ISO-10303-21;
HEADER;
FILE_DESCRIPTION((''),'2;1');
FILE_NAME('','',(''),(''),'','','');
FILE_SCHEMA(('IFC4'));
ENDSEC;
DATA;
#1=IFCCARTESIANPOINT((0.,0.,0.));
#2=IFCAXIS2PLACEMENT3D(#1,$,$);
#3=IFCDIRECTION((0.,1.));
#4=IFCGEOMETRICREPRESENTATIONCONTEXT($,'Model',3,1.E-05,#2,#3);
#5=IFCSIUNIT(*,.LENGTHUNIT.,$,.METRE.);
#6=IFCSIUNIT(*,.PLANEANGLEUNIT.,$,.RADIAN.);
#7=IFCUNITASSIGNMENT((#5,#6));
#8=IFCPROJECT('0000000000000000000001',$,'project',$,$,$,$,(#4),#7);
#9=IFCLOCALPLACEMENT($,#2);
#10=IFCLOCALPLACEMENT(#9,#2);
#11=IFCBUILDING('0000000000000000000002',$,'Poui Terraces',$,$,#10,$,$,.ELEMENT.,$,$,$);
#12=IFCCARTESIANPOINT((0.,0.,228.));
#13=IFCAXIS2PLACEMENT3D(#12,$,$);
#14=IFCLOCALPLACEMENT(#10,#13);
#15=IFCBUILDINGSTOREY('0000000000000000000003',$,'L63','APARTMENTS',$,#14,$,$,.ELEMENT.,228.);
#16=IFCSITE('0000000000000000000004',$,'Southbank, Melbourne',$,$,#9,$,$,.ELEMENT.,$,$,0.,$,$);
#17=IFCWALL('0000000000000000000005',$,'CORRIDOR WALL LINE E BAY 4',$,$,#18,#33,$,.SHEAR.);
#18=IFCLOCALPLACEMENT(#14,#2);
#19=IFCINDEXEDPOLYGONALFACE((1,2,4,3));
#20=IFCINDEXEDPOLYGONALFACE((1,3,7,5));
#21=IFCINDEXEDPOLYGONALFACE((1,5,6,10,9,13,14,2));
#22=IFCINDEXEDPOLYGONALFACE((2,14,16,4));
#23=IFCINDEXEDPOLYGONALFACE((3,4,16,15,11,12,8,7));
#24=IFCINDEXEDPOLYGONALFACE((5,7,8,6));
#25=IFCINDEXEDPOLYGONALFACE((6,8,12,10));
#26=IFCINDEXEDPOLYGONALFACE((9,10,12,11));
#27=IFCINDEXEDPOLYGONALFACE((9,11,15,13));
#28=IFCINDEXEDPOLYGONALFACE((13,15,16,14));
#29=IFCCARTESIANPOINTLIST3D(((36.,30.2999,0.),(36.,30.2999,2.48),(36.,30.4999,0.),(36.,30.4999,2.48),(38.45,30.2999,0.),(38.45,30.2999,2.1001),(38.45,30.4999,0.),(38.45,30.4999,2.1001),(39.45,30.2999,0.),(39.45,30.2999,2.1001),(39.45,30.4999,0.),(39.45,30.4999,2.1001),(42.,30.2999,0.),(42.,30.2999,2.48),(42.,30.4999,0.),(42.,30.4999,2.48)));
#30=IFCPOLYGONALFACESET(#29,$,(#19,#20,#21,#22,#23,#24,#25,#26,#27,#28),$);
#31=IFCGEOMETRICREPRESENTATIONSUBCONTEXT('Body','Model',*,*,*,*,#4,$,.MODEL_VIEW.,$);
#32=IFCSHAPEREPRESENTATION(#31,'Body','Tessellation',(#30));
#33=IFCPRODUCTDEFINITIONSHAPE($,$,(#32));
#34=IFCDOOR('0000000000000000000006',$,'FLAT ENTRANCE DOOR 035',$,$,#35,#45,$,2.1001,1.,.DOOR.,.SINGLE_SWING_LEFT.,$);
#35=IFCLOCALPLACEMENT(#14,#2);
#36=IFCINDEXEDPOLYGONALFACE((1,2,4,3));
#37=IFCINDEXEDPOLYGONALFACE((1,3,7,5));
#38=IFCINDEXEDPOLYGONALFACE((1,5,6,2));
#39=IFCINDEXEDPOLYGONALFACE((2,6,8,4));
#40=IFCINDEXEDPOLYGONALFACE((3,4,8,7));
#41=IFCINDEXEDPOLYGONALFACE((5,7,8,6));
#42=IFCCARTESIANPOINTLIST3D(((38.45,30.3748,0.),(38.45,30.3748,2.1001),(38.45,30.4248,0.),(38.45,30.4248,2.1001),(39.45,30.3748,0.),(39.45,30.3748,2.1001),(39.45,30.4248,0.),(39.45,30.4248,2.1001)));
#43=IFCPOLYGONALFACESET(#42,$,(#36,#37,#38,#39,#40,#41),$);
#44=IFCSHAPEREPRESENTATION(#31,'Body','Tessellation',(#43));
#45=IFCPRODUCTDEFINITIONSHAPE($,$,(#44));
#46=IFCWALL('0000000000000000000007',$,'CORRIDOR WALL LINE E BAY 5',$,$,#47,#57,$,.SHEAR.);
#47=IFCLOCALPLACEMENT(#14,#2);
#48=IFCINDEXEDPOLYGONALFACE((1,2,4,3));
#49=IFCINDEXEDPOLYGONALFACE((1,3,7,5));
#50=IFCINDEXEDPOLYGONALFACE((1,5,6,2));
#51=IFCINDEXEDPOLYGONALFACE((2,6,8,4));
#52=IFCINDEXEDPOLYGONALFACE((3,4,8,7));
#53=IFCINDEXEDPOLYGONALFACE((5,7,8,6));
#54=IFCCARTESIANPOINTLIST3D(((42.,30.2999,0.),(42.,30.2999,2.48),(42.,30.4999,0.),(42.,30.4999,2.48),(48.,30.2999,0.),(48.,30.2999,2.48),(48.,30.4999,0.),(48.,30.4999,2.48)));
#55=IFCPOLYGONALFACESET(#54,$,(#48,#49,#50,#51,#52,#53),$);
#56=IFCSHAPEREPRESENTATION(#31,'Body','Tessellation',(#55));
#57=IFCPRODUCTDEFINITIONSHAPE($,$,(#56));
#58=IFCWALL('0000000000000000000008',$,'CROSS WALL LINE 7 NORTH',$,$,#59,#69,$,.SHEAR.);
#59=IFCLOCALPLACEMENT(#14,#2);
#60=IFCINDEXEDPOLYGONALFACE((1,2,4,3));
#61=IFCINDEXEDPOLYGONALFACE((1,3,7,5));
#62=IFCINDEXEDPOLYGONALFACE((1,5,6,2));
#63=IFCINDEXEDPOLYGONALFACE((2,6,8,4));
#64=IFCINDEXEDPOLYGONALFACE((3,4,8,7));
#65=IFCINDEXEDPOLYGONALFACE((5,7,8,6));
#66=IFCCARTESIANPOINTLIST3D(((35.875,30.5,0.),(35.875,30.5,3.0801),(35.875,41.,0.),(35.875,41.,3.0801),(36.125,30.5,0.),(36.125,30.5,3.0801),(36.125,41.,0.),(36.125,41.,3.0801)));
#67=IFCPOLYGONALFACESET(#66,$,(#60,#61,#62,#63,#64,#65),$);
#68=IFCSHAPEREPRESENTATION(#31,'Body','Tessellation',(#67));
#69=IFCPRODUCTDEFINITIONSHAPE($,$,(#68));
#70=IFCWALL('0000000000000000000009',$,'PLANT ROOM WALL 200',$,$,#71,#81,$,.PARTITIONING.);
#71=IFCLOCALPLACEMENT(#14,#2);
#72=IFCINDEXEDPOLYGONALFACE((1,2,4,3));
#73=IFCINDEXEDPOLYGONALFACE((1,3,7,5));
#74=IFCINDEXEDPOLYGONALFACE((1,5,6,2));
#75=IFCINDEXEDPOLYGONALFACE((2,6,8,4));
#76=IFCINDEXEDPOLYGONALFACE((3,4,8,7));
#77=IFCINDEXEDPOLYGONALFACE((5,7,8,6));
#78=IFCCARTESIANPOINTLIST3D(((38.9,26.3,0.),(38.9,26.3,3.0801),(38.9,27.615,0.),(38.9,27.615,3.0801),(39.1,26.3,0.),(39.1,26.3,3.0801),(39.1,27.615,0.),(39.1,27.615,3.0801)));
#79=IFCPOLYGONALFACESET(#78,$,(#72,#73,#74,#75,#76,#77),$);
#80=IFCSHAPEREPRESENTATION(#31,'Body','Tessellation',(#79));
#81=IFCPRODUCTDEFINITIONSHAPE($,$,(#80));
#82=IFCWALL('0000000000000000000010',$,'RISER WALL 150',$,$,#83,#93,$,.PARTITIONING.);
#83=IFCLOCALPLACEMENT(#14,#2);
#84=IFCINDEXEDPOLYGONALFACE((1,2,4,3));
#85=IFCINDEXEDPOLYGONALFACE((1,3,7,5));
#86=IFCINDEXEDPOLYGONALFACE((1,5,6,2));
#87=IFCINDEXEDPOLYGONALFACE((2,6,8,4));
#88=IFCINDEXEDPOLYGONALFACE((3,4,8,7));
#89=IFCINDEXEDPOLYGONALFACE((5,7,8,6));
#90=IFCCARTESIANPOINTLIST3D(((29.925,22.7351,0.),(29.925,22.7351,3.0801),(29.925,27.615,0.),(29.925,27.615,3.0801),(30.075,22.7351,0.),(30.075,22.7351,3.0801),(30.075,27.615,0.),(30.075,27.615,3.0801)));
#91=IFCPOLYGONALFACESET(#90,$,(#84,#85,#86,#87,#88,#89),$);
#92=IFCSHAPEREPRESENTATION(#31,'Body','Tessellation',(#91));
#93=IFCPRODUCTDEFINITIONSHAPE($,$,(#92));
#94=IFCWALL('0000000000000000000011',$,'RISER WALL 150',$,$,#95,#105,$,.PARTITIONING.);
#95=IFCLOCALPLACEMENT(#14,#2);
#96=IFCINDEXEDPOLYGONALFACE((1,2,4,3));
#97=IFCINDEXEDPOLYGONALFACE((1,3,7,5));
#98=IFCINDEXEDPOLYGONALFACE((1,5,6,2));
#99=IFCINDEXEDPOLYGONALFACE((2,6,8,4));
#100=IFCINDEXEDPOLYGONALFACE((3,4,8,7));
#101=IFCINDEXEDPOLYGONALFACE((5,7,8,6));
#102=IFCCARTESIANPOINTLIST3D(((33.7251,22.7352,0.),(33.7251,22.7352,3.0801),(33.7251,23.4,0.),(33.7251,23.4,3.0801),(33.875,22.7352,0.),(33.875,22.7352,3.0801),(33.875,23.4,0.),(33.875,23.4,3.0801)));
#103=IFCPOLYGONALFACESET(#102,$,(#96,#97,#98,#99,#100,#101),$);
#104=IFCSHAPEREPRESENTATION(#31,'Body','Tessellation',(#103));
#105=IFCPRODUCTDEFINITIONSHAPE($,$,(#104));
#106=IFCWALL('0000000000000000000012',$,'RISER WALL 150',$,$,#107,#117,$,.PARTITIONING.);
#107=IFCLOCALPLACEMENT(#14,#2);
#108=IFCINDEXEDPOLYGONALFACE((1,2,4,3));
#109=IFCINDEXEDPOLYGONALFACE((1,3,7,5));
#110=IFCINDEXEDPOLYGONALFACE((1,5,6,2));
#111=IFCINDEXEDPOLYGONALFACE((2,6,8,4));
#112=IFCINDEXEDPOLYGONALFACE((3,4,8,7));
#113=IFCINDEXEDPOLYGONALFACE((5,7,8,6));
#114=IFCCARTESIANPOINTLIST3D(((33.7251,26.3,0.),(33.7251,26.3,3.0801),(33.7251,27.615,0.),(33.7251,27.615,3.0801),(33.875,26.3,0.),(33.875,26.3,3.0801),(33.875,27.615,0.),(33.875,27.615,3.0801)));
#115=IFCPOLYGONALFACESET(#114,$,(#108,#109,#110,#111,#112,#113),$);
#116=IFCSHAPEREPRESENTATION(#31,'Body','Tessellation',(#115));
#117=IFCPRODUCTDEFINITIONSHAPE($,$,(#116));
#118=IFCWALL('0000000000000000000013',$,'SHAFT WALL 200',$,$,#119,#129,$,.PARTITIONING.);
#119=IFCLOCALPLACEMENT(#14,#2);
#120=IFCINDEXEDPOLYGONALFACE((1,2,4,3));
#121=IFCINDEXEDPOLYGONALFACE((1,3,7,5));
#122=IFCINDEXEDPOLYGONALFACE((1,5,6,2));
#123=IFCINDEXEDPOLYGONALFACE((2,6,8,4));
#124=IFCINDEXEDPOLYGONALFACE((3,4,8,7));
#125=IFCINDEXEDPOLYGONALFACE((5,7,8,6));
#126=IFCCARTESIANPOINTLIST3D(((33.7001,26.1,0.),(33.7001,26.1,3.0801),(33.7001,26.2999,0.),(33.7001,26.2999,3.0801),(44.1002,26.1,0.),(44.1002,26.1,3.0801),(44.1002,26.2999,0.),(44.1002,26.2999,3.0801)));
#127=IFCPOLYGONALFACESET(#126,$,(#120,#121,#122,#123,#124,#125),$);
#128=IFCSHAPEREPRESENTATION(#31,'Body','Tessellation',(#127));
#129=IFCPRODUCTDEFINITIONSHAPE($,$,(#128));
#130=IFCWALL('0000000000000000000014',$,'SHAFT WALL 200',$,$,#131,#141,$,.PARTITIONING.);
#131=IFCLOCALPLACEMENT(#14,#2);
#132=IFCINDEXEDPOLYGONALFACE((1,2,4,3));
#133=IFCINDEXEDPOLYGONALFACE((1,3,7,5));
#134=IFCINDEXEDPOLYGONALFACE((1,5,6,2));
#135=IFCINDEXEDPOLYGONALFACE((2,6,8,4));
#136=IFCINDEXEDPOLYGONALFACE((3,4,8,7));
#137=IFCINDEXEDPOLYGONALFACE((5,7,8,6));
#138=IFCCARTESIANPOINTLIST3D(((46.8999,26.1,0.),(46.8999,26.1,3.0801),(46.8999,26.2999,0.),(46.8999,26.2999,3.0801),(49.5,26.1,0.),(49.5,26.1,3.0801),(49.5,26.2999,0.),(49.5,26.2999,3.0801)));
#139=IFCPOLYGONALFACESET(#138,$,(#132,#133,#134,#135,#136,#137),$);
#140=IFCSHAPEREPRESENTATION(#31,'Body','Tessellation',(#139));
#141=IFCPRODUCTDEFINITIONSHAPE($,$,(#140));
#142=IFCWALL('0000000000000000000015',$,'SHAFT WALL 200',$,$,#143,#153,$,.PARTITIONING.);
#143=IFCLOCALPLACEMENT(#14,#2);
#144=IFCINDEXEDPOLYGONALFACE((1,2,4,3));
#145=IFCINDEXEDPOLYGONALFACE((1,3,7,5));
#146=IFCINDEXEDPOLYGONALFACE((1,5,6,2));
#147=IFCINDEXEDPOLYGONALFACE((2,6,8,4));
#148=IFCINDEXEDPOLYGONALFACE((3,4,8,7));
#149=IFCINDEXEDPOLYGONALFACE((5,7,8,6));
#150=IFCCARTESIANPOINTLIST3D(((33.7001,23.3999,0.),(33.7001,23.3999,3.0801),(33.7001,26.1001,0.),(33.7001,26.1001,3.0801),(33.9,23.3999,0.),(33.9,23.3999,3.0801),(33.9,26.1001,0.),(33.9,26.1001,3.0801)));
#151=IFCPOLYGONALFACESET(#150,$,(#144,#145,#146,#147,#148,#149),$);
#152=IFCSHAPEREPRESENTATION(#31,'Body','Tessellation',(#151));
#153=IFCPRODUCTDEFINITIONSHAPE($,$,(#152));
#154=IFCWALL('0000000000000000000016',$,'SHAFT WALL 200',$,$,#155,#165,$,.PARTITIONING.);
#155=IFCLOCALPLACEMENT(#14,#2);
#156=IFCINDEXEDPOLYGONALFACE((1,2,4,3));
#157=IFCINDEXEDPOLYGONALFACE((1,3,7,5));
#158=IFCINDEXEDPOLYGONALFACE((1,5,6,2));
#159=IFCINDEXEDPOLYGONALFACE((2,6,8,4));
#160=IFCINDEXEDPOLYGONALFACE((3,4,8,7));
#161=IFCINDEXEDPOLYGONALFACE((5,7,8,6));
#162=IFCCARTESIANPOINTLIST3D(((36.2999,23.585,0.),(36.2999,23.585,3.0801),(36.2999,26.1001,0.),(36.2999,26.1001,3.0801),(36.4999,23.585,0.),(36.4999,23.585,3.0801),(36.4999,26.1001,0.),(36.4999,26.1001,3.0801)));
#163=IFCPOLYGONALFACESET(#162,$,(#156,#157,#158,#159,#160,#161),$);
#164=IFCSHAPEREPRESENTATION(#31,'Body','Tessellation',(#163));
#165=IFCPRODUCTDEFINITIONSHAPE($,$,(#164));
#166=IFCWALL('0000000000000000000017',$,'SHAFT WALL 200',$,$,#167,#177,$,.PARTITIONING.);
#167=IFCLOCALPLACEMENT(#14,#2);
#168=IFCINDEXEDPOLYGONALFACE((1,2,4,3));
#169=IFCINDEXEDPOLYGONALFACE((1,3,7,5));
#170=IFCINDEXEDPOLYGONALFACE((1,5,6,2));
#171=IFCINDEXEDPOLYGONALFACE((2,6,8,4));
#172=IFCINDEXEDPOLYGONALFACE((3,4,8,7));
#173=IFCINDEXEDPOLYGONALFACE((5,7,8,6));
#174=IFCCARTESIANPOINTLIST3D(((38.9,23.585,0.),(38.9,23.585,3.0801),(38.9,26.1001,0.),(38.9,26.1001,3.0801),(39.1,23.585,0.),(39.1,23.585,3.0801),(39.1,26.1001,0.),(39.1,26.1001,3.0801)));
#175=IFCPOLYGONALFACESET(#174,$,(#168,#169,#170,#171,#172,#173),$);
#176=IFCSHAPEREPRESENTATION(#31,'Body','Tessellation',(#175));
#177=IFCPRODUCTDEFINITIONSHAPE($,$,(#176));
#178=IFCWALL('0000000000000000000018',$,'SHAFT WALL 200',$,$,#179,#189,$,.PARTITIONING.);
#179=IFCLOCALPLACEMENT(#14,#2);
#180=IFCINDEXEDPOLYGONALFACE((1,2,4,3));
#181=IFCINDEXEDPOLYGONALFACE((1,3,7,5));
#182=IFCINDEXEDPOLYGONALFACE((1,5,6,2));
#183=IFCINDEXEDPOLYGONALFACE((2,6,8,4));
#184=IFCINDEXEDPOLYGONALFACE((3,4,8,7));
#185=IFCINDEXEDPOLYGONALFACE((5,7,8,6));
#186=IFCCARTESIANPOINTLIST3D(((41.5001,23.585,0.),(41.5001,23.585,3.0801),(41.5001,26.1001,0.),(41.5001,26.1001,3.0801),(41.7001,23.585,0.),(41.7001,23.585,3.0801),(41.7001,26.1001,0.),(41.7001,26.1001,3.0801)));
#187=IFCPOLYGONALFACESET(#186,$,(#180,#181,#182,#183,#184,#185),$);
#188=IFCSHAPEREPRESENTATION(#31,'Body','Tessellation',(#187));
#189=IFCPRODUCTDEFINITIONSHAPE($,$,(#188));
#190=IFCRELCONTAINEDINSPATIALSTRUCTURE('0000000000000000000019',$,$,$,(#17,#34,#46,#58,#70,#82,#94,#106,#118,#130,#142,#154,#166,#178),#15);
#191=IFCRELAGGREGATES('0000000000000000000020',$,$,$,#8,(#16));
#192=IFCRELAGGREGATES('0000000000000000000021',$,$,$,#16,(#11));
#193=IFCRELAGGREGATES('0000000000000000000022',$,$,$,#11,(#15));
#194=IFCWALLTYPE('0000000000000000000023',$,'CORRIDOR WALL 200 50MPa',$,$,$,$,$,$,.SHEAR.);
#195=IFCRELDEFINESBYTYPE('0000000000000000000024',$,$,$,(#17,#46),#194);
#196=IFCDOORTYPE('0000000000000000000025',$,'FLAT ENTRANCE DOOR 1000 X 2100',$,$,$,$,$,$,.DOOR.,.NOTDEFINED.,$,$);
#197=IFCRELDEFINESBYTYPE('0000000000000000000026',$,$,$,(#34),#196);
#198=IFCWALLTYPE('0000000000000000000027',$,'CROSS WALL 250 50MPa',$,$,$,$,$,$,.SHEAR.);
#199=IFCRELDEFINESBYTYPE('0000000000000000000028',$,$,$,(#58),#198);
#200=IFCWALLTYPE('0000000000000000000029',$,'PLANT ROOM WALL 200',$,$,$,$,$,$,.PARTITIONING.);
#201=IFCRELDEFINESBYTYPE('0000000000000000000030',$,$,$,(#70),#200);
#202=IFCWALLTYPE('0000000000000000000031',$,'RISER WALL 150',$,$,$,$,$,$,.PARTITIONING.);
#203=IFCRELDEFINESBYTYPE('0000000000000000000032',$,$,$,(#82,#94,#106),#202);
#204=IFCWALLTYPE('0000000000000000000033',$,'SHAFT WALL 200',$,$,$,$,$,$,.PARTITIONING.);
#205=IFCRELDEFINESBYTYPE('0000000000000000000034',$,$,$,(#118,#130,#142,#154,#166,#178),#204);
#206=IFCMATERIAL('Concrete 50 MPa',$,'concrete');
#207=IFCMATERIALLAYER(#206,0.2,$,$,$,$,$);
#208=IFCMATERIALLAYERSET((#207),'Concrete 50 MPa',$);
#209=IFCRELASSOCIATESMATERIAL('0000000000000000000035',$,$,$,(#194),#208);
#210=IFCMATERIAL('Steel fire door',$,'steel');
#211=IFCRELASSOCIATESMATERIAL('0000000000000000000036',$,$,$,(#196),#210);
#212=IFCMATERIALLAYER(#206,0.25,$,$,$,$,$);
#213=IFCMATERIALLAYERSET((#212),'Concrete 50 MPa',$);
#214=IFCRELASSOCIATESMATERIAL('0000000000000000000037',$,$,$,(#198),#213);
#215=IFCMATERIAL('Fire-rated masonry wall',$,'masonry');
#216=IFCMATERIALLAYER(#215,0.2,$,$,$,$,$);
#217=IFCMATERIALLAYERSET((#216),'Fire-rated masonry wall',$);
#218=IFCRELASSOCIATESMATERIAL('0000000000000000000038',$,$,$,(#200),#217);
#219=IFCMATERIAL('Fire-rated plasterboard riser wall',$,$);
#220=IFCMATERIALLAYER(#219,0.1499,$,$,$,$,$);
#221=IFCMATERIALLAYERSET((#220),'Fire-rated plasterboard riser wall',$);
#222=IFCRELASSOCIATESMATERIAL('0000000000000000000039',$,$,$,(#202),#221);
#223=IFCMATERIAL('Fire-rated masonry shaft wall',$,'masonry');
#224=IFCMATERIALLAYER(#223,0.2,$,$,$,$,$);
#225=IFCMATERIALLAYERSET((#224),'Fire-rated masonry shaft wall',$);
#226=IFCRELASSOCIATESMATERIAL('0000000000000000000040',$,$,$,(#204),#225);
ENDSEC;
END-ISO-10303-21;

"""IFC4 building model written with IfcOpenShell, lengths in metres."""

from ifc_helpers import new_model, si_unit, direction, frame, frame_2d, origin, place, context, subcontext, project, spatial, rectangle, extrude, material, layer, layer_set, type_object, element, fill, save


model = new_model("IFC4")

# Units and contexts
model_context = context("Model", 3, precision=1e-05, world=origin(), true_north=direction((0.0, 1.0)))
body_context = subcontext(model_context, "Body", "Model", "MODEL_VIEW")
ifc_project = project(units=[si_unit("LENGTHUNIT", "METRE"), si_unit("PLANEANGLEUNIT", "RADIAN")], contexts=[model_context])

# Site, building, storey
site_placement = place(None, origin())
site = spatial("IfcSite", under=ifc_project, at=site_placement, Name="Southbank, Melbourne", CompositionType="ELEMENT", RefElevation=0.0)
building_placement = place(site_placement, origin())
building = spatial("IfcBuilding", under=site, at=building_placement, Name="Poui Terraces", CompositionType="ELEMENT")
storey_placement = place(building_placement, frame((0.0, 0.0, 228.0)))
storey = spatial("IfcBuildingStorey", under=building, at=storey_placement, Name="L63", Description="APARTMENTS", CompositionType="ELEMENT", Elevation=228.0)

# Shared definitions
ifc_material_1 = material(Name="Concrete 50 MPa", Category="concrete")

# Shared definitions
ifc_material_2 = material(Name="Steel fire door", Category="steel")

# Wall, opening, door
ifc_layer_1 = layer(ifc_material_1, 0.2)
ifc_layer_set_1 = layer_set([ifc_layer_1], Name="Concrete 50 MPa")
wall_type_1 = type_object("IfcWallType", Name="CORRIDOR WALL 200 50MPa", PredefinedType="SHEAR", material=ifc_layer_set_1)
wall_1_placement = place(storey_placement, frame((36.0, 30.3999, 0.0), z_axis=(0.0, 0.0, 1.0), x_axis=(1.0, 0.0, 0.0)))
wall_1 = element("IfcWall", 1, at=wall_1_placement, inside=storey, type_object=wall_type_1, Name="CORRIDOR WALL LINE E BAY 4", PredefinedType="SHEAR", context=body_context, shape_type="SweptSolid", body=[
    extrude(rectangle(XDim=6.0, YDim=0.2, at=frame_2d((3.0, 0.0))), origin(), (0.0, 0.0, 1.0), 2.48),
])
opening_1_placement = place(wall_1_placement, frame((2.45, 0.0, 0.0)))
opening_1 = element("IfcOpeningElement", 2, at=opening_1_placement, cuts=wall_1, PredefinedType="OPENING", context=body_context, shape_type="SweptSolid", body=[
    extrude(rectangle(XDim=1.0, YDim=2.1001, at=frame_2d((0.5, 1.05))), frame((0.0, 0.1099, 0.0), z_axis=(0.0, -1.0, 0.0), x_axis=(1.0, 0.0, 0.0)), (0.0, 0.0, 1.0), 0.22),
])
door_type_1 = type_object("IfcDoorType", Name="FLAT ENTRANCE DOOR 1000 X 2100", OperationType="NOTDEFINED", PredefinedType="DOOR", material=ifc_material_2)
door_1_placement = place(opening_1_placement, origin())
door_1 = element("IfcDoor", 3, at=door_1_placement, inside=storey, type_object=door_type_1, Name="FLAT ENTRANCE DOOR 035", OperationType="SINGLE_SWING_LEFT", OverallHeight=2.1001, OverallWidth=1.0, PredefinedType="DOOR", context=body_context, shape_type="SweptSolid", body=[
    extrude(rectangle(XDim=1.0, YDim=2.1001, at=frame_2d((0.5, 1.05))), frame((0.0, 0.0249, 0.0), z_axis=(0.0, -1.0, 0.0), x_axis=(1.0, 0.0, 0.0)), (0.0, 0.0, 1.0), 0.05),
])
fill(opening_1, door_1)

# Walls
wall_2_placement = place(storey_placement, frame((42.0, 30.3999, 0.0), z_axis=(0.0, 0.0, 1.0), x_axis=(1.0, 0.0, 0.0)))
element("IfcWall", 4, at=wall_2_placement, inside=storey, type_object=wall_type_1, Name="CORRIDOR WALL LINE E BAY 5", PredefinedType="SHEAR", context=body_context, shape_type="SweptSolid", body=[
    extrude(rectangle(XDim=6.0, YDim=0.2, at=frame_2d((3.0, 0.0))), origin(), (0.0, 0.0, 1.0), 2.48),
])
ifc_layer_2 = layer(ifc_material_1, 0.25)
ifc_layer_set_2 = layer_set([ifc_layer_2], Name="Concrete 50 MPa")
wall_type_2 = type_object("IfcWallType", Name="CROSS WALL 250 50MPa", PredefinedType="SHEAR", material=ifc_layer_set_2)
wall_3_placement = place(storey_placement, frame((36.0, 30.5, 0.0), z_axis=(0.0, 0.0, 1.0), x_axis=(0.0, 1.0, 0.0)))
element("IfcWall", 5, at=wall_3_placement, inside=storey, type_object=wall_type_2, Name="CROSS WALL LINE 7 NORTH", PredefinedType="SHEAR", context=body_context, shape_type="SweptSolid", body=[
    extrude(rectangle(XDim=10.5, YDim=0.25, at=frame_2d((5.25, 0.0))), origin(), (0.0, 0.0, 1.0), 3.0801),
])
ifc_material_3 = material(Name="Fire-rated masonry wall", Category="masonry")
ifc_layer_3 = layer(ifc_material_3, 0.2)
ifc_layer_set_3 = layer_set([ifc_layer_3], Name="Fire-rated masonry wall")
wall_type_3 = type_object("IfcWallType", Name="PLANT ROOM WALL 200", PredefinedType="PARTITIONING", material=ifc_layer_set_3)
wall_4_placement = place(storey_placement, frame((39.0, 26.3, 0.0), z_axis=(0.0, 0.0, 1.0), x_axis=(0.0, 1.0, 0.0)))
element("IfcWall", 6, at=wall_4_placement, inside=storey, type_object=wall_type_3, Name="PLANT ROOM WALL 200", PredefinedType="PARTITIONING", context=body_context, shape_type="SweptSolid", body=[
    extrude(rectangle(XDim=1.3149, YDim=0.2, at=frame_2d((0.6575, 0.0))), origin(), (0.0, 0.0, 1.0), 3.0801),
])
ifc_material_4 = material(Name="Fire-rated plasterboard riser wall")
ifc_layer_4 = layer(ifc_material_4, 0.1499)
ifc_layer_set_4 = layer_set([ifc_layer_4], Name="Fire-rated plasterboard riser wall")
wall_type_4 = type_object("IfcWallType", Name="RISER WALL 150", PredefinedType="PARTITIONING", material=ifc_layer_set_4)
wall_5_placement = place(storey_placement, frame((30.0, 22.7351, 0.0), z_axis=(0.0, 0.0, 1.0), x_axis=(0.0, 1.0, 0.0)))
element("IfcWall", 7, at=wall_5_placement, inside=storey, type_object=wall_type_4, Name="RISER WALL 150", PredefinedType="PARTITIONING", context=body_context, shape_type="SweptSolid", body=[
    extrude(rectangle(XDim=4.8799, YDim=0.1499, at=frame_2d((2.4399, 0.0))), origin(), (0.0, 0.0, 1.0), 3.0801),
])
wall_6_placement = place(storey_placement, frame((33.8, 22.7351, 0.0), z_axis=(0.0, 0.0, 1.0), x_axis=(0.0, 1.0, 0.0)))
element("IfcWall", 8, at=wall_6_placement, inside=storey, type_object=wall_type_4, Name="RISER WALL 150", PredefinedType="PARTITIONING", context=body_context, shape_type="SweptSolid", body=[
    extrude(rectangle(XDim=0.6648, YDim=0.1499, at=frame_2d((0.3325, 0.0))), origin(), (0.0, 0.0, 1.0), 3.0801),
])
wall_7_placement = place(storey_placement, frame((33.8, 26.3, 0.0), z_axis=(0.0, 0.0, 1.0), x_axis=(0.0, 1.0, 0.0)))
element("IfcWall", 9, at=wall_7_placement, inside=storey, type_object=wall_type_4, Name="RISER WALL 150", PredefinedType="PARTITIONING", context=body_context, shape_type="SweptSolid", body=[
    extrude(rectangle(XDim=1.3149, YDim=0.1499, at=frame_2d((0.6575, 0.0))), origin(), (0.0, 0.0, 1.0), 3.0801),
])
ifc_material_5 = material(Name="Fire-rated masonry shaft wall", Category="masonry")
ifc_layer_5 = layer(ifc_material_5, 0.2)
ifc_layer_set_5 = layer_set([ifc_layer_5], Name="Fire-rated masonry shaft wall")
wall_type_5 = type_object("IfcWallType", Name="SHAFT WALL 200", PredefinedType="PARTITIONING", material=ifc_layer_set_5)
wall_8_placement = place(storey_placement, frame((33.7, 26.2, 0.0), z_axis=(0.0, 0.0, 1.0), x_axis=(1.0, 0.0, 0.0)))
element("IfcWall", 10, at=wall_8_placement, inside=storey, type_object=wall_type_5, Name="SHAFT WALL 200", PredefinedType="PARTITIONING", context=body_context, shape_type="SweptSolid", body=[
    extrude(rectangle(XDim=10.4001, YDim=0.2, at=frame_2d((5.2002, 0.0))), origin(), (0.0, 0.0, 1.0), 3.0801),
])
wall_9_placement = place(storey_placement, frame((46.8999, 26.2, 0.0), z_axis=(0.0, 0.0, 1.0), x_axis=(1.0, 0.0, 0.0)))
element("IfcWall", 11, at=wall_9_placement, inside=storey, type_object=wall_type_5, Name="SHAFT WALL 200", PredefinedType="PARTITIONING", context=body_context, shape_type="SweptSolid", body=[
    extrude(rectangle(XDim=2.6001, YDim=0.2, at=frame_2d((1.3, 0.0))), origin(), (0.0, 0.0, 1.0), 3.0801),
])
wall_10_placement = place(storey_placement, frame((33.8, 23.3999, 0.0), z_axis=(0.0, 0.0, 1.0), x_axis=(0.0, 1.0, 0.0)))
element("IfcWall", 12, at=wall_10_placement, inside=storey, type_object=wall_type_5, Name="SHAFT WALL 200", PredefinedType="PARTITIONING", context=body_context, shape_type="SweptSolid", body=[
    extrude(rectangle(XDim=2.7002, YDim=0.2, at=frame_2d((1.3501, 0.0))), origin(), (0.0, 0.0, 1.0), 3.0801),
])
for number, where, z_axis, x_axis, name in (
    (13, (36.3999, 23.585, 0.0), (0.0, 0.0, 1.0), (0.0, 1.0, 0.0), "SHAFT WALL 200"),
    (14, (39.0, 23.585, 0.0), (0.0, 0.0, 1.0), (0.0, 1.0, 0.0), "SHAFT WALL 200"),
    (15, (41.6001, 23.585, 0.0), (0.0, 0.0, 1.0), (0.0, 1.0, 0.0), "SHAFT WALL 200"),
):
    element("IfcWall", number, at=place(storey_placement, frame(where, z_axis=z_axis, x_axis=x_axis)), inside=storey, type_object=wall_type_5, Name=name, PredefinedType="PARTITIONING", context=body_context, shape_type="SweptSolid", body=[
        extrude(rectangle(XDim=2.5151, YDim=0.2, at=frame_2d((1.2576, 0.0))), origin(), (0.0, 0.0, 1.0), 3.0801),
    ])

save(model, "model.ifc")
